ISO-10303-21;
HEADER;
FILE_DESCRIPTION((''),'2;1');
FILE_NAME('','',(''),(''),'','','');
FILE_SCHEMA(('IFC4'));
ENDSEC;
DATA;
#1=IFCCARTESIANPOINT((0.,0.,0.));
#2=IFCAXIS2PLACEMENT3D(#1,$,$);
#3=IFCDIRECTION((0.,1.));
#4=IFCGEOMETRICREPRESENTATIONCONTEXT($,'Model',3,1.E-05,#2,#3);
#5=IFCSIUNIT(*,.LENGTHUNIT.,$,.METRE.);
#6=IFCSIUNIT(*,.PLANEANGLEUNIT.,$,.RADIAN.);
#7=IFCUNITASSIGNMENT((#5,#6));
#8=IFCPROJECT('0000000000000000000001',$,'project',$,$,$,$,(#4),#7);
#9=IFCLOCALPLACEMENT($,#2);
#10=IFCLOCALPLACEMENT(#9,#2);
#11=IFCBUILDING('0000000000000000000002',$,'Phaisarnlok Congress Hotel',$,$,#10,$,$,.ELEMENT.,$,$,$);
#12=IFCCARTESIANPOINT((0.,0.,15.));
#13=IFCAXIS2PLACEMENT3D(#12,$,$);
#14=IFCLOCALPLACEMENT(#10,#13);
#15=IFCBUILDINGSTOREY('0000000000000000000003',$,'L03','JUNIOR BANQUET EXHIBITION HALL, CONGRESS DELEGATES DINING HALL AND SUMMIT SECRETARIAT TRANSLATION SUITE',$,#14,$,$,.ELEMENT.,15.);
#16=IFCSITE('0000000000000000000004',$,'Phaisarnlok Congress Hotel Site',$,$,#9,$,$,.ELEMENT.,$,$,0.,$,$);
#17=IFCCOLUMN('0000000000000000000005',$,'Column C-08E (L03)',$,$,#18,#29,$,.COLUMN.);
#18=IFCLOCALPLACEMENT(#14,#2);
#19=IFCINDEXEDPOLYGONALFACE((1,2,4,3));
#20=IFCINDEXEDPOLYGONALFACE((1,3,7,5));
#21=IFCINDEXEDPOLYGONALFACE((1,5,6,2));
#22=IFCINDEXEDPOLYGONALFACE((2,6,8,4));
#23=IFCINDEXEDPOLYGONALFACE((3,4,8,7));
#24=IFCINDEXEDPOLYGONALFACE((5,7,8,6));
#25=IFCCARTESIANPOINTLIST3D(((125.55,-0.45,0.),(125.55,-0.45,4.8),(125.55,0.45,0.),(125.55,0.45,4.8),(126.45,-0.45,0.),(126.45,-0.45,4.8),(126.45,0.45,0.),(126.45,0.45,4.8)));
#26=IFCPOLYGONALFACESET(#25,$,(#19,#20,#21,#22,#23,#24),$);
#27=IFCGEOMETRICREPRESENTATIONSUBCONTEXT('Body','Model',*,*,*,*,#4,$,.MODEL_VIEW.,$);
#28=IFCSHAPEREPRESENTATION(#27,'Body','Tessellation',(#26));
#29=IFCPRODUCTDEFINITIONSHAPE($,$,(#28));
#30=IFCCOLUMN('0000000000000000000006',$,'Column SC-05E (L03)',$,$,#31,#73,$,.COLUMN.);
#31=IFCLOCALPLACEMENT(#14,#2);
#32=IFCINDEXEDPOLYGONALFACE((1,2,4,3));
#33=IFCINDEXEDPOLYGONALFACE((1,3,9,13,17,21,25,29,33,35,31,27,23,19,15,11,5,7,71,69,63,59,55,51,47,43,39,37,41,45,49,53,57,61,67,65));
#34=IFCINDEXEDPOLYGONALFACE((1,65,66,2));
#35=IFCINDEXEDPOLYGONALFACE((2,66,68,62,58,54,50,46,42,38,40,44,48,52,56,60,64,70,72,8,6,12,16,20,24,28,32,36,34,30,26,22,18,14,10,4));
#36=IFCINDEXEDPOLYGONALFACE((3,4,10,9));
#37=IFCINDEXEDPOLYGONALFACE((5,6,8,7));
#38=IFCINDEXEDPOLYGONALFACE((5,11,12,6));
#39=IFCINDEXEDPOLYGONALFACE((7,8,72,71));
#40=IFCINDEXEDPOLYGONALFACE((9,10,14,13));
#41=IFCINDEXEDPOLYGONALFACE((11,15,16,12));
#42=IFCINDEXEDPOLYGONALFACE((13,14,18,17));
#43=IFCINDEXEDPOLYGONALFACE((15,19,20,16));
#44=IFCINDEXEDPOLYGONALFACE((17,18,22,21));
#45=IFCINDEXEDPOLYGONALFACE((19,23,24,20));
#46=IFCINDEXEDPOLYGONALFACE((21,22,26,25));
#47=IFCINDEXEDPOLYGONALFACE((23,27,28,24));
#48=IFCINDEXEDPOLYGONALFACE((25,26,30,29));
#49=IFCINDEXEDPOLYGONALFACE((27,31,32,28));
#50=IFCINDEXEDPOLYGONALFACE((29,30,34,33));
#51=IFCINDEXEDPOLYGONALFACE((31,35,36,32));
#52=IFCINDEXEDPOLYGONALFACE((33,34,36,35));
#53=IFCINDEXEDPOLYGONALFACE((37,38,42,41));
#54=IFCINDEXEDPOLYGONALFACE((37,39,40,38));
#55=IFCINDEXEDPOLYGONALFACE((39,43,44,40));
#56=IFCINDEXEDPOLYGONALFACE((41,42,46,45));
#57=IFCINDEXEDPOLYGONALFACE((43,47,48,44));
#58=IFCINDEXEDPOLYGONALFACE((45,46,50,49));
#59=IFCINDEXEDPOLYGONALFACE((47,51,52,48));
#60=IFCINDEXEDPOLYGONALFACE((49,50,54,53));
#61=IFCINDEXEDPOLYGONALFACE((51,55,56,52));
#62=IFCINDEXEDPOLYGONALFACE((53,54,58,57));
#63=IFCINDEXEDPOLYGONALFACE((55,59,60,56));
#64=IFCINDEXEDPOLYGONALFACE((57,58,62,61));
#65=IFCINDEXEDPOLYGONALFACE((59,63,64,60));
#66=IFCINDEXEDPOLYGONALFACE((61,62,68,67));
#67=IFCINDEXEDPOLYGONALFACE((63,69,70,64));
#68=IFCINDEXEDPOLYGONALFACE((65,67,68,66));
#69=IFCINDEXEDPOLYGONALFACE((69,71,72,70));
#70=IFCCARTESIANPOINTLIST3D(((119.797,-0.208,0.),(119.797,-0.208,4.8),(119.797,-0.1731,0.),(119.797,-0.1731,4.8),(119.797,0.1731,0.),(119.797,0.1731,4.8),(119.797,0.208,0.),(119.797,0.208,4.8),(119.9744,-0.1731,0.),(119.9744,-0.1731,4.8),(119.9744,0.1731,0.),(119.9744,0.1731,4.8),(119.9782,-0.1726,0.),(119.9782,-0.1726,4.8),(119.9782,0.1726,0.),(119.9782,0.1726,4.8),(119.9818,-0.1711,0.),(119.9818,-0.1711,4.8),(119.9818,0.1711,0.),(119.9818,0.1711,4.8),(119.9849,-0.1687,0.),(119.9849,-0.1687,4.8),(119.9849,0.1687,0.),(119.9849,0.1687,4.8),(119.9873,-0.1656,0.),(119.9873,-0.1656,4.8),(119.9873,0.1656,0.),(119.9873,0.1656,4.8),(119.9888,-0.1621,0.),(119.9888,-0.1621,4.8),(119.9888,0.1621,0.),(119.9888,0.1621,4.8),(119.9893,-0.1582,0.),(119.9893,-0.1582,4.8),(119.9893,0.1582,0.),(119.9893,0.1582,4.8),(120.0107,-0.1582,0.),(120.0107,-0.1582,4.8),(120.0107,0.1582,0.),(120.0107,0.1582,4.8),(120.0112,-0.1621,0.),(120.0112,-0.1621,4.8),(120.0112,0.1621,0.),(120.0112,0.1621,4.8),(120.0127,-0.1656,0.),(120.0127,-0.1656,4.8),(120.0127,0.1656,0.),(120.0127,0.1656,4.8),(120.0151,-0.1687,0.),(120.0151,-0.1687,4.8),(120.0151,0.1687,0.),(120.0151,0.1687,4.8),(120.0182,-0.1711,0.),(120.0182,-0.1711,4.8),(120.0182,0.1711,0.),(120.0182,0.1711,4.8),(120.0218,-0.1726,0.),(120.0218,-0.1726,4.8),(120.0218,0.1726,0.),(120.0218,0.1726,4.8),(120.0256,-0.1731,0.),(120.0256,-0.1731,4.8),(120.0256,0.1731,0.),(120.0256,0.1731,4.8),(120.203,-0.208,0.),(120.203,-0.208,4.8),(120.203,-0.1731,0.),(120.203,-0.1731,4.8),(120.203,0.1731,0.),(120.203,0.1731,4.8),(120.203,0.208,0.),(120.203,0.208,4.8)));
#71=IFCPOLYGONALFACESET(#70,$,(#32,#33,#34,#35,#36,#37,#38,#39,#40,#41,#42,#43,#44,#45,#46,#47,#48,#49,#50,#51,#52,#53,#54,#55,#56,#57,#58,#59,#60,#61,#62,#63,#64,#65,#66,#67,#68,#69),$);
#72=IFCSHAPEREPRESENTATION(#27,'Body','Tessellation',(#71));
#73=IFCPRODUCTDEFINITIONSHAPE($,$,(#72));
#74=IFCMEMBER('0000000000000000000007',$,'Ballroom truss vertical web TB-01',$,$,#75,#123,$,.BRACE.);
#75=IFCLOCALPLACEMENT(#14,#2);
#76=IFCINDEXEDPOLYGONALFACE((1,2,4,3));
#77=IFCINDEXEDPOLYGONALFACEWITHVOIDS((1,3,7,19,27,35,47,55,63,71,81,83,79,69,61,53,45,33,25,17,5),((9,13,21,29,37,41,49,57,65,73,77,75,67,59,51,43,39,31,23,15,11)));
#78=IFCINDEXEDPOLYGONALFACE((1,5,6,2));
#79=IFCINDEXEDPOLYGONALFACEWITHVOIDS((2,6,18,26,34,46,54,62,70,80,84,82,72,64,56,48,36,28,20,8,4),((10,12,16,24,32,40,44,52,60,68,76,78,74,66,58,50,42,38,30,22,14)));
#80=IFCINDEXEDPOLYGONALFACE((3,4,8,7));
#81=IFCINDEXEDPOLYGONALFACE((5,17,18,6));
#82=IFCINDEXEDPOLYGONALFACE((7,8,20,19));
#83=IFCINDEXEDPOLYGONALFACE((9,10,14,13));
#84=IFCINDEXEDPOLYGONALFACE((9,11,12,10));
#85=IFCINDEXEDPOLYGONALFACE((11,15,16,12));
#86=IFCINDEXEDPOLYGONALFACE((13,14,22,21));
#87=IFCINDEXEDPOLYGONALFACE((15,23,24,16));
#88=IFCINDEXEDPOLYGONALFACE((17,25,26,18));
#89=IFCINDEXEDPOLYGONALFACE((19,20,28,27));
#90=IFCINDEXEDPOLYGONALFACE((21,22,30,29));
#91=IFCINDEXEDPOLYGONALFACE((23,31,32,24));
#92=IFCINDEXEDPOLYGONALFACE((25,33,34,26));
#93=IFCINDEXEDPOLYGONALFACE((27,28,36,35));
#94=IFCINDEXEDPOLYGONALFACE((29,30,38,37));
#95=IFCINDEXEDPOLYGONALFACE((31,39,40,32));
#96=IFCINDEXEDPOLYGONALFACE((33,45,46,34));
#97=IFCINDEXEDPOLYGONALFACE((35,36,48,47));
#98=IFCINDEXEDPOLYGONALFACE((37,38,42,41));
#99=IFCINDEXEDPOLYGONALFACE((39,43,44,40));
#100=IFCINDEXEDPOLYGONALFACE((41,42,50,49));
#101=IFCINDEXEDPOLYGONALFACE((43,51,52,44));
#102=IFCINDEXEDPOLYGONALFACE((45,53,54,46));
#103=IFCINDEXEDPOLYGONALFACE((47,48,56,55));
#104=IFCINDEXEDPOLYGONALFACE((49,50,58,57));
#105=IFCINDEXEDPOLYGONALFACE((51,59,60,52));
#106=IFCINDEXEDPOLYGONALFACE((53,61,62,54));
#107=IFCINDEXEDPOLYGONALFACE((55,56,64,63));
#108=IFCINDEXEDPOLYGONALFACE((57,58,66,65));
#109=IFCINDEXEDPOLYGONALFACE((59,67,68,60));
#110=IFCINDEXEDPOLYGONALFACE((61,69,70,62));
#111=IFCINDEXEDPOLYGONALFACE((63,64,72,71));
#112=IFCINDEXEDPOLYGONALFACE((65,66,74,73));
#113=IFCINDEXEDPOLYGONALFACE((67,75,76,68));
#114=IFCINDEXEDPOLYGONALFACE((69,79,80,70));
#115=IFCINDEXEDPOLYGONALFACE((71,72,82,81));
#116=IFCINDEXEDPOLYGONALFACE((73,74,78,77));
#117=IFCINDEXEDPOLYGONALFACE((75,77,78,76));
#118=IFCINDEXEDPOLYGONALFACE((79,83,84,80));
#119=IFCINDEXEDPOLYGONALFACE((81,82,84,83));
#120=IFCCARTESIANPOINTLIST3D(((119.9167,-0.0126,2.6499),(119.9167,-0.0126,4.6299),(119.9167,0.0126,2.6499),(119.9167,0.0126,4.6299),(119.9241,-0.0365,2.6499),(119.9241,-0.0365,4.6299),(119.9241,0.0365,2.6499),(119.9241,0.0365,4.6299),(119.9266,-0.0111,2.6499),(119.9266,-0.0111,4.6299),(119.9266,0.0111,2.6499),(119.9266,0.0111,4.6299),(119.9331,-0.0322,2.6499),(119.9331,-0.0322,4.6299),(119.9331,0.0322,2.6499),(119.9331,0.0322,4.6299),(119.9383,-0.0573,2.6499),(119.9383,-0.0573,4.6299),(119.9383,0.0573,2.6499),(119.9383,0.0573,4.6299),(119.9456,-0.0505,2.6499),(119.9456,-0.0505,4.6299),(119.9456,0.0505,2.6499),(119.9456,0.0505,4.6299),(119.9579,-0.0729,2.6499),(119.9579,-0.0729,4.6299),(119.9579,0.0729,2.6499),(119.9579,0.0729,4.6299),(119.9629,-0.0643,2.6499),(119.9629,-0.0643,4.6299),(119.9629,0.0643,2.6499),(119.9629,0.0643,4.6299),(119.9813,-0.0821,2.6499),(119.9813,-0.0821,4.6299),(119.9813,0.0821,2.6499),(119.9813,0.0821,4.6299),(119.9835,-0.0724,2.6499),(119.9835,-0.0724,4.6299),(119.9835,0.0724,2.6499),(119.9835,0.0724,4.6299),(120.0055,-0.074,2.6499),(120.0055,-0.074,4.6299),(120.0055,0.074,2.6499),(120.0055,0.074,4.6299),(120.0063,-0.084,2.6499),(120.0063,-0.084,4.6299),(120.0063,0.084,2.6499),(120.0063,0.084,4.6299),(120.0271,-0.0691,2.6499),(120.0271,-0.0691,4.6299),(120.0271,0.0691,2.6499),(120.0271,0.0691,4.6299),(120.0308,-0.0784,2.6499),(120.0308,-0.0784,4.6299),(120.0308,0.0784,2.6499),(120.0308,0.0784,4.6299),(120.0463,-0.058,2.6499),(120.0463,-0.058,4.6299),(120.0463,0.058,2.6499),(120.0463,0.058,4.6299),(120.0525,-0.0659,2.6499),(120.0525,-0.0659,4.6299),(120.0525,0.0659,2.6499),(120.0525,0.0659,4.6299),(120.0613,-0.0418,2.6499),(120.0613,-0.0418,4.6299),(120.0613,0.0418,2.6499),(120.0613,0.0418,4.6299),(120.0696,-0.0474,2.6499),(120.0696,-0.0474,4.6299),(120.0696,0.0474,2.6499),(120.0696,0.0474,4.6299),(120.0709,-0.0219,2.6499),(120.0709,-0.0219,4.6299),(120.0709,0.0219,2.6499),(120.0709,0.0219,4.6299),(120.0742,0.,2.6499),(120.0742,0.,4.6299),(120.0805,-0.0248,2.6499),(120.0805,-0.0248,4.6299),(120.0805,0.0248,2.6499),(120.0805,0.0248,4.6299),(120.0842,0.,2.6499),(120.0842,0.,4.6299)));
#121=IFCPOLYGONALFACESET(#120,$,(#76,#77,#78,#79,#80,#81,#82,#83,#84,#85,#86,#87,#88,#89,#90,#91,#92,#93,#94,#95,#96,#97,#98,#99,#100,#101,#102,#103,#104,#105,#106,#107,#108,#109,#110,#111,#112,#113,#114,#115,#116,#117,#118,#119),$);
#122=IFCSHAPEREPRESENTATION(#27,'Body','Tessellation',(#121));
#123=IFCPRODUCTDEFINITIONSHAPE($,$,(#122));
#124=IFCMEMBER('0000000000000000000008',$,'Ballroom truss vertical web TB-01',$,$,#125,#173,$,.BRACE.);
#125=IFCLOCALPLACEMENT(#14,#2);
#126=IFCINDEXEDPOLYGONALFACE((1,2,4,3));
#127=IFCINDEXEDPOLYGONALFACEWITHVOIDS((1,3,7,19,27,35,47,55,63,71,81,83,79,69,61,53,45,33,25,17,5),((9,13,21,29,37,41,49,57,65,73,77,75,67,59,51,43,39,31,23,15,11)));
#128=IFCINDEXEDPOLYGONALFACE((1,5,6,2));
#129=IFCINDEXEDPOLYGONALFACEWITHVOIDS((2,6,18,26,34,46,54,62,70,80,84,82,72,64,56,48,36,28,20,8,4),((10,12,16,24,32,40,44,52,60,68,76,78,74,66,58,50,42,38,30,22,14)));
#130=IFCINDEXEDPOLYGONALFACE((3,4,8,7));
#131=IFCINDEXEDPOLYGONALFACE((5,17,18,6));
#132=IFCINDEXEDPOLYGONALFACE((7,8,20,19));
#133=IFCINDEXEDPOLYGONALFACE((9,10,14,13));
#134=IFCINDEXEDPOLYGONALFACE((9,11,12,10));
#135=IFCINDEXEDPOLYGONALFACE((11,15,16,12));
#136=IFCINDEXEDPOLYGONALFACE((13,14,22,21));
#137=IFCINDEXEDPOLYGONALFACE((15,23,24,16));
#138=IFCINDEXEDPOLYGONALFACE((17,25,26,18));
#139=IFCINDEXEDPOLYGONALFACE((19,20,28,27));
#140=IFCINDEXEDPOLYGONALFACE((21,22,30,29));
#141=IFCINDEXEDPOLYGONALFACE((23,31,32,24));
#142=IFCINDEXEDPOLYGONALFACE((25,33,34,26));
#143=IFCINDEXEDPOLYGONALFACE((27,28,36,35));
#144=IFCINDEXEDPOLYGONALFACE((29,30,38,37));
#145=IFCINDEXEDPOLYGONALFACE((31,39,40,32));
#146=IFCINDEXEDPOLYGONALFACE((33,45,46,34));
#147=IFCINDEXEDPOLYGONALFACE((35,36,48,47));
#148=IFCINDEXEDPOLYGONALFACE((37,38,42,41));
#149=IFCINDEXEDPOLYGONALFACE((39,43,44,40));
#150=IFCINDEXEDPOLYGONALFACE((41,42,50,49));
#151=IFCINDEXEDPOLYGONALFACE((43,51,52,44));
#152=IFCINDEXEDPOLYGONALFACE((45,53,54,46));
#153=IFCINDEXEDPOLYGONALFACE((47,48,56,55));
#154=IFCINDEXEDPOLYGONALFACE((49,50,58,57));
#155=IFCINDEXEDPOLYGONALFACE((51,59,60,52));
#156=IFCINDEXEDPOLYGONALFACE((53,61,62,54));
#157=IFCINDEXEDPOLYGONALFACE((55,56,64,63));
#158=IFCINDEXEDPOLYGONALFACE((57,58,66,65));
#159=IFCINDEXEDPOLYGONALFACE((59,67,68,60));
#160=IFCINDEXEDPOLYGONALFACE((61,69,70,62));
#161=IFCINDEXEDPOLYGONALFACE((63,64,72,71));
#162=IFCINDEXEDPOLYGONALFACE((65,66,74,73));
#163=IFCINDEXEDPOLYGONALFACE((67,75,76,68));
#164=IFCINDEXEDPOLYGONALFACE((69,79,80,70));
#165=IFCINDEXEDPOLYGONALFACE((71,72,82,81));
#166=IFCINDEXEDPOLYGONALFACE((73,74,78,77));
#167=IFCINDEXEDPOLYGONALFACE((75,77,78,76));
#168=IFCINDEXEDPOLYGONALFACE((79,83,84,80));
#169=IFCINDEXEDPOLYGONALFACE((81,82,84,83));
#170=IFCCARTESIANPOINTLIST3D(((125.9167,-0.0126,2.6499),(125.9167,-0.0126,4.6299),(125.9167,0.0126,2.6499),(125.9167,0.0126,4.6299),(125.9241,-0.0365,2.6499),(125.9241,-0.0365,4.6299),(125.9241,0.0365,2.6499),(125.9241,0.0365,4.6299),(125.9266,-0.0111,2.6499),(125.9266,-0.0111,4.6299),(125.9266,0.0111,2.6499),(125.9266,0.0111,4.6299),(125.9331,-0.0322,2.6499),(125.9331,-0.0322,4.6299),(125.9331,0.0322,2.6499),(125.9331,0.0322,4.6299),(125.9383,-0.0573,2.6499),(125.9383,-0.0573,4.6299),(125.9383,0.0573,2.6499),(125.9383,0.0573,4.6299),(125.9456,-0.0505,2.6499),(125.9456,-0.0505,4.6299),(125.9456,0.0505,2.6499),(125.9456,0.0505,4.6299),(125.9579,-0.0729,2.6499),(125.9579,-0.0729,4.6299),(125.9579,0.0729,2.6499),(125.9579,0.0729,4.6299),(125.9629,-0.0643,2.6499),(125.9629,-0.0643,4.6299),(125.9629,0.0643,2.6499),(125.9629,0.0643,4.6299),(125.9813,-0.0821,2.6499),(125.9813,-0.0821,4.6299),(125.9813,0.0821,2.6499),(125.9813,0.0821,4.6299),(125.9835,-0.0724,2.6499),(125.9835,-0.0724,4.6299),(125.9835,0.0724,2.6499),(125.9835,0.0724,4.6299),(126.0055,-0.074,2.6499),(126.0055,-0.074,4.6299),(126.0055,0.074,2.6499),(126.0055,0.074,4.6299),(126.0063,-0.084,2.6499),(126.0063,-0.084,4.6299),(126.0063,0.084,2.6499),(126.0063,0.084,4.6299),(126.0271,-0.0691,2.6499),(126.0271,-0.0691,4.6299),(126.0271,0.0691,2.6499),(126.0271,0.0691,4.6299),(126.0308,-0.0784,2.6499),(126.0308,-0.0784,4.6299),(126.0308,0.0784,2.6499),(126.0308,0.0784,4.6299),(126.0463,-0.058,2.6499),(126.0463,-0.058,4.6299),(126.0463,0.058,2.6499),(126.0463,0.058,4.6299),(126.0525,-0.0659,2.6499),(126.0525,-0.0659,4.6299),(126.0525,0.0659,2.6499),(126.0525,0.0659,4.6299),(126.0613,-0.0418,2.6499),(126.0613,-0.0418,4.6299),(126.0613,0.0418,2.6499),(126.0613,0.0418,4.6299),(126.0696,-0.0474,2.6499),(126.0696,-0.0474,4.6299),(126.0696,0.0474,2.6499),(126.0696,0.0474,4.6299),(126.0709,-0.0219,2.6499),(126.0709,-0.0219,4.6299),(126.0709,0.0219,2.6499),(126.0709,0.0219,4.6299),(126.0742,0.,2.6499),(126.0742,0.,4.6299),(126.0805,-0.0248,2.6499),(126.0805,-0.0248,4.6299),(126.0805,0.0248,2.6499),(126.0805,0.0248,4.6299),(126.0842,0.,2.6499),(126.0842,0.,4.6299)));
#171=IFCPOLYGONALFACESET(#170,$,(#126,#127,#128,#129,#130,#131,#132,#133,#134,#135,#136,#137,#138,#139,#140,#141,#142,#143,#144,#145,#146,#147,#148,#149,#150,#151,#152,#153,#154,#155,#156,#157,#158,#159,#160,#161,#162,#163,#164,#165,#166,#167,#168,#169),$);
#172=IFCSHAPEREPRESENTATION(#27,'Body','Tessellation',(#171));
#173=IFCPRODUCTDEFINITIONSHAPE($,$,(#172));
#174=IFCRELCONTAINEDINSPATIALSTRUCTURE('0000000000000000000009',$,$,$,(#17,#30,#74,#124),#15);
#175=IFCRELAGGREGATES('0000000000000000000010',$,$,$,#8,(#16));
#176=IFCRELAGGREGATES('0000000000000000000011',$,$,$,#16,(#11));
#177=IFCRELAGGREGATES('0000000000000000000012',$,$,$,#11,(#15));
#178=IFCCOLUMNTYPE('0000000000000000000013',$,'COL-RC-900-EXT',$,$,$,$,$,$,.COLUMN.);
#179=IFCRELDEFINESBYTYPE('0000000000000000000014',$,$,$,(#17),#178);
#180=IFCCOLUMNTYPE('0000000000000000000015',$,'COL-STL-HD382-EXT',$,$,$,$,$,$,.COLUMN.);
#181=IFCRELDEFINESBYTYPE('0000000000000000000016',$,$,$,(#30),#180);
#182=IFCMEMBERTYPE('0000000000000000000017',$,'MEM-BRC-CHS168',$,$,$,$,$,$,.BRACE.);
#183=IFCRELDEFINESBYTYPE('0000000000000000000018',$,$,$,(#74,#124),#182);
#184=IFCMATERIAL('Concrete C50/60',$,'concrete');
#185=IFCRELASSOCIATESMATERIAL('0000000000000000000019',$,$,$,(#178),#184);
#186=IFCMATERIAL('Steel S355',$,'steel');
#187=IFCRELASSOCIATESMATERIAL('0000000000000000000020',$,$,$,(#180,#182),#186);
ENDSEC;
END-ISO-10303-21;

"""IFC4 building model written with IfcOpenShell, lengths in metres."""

from ifc_helpers import new_model, si_unit, direction, frame, origin, origin_2d, place, context, subcontext, project, spatial, rectangle, hollow_circle, i_section, extrude, material, material_profile, profile_set, type_object, element, save


model = new_model("IFC4")

# Units and contexts
model_context = context("Model", 3, precision=1e-05, world=origin(), true_north=direction((0.0, 1.0)))
body_context = subcontext(model_context, "Body", "Model", "MODEL_VIEW")
ifc_project = project(units=[si_unit("LENGTHUNIT", "METRE"), si_unit("PLANEANGLEUNIT", "RADIAN")], contexts=[model_context])

# Site, building, storey
site_placement = place(None, origin())
site = spatial("IfcSite", under=ifc_project, at=site_placement, Name="Phaisarnlok Congress Hotel Site", CompositionType="ELEMENT", RefElevation=0.0)
building_placement = place(site_placement, origin())
building = spatial("IfcBuilding", under=site, at=building_placement, Name="Phaisarnlok Congress Hotel", CompositionType="ELEMENT")
storey_placement = place(building_placement, frame((0.0, 0.0, 15.0)))
storey = spatial("IfcBuildingStorey", under=building, at=storey_placement, Name="L03", Description="JUNIOR BANQUET EXHIBITION HALL, CONGRESS DELEGATES DINING HALL AND SUMMIT SECRETARIAT TRANSLATION SUITE", CompositionType="ELEMENT", Elevation=15.0)

# Columns
ifc_material_1 = material(Name="Concrete C50/60", Category="concrete")
ifc_material_profile_1 = material_profile(ifc_material_1, rectangle(XDim=0.8999, YDim=0.8999, at=origin_2d()), Name="RC 900x900")
ifc_profile_set_1 = profile_set([ifc_material_profile_1], Name="Concrete C50/60")
column_type_1 = type_object("IfcColumnType", Name="COL-RC-900-EXT", PredefinedType="COLUMN", material=ifc_profile_set_1)
column_1_placement = place(storey_placement, frame((126.0, 0.0, 0.0), z_axis=(0.0, 0.0, 1.0), x_axis=(1.0, 0.0, 0.0)))
element("IfcColumn", 1, at=column_1_placement, inside=storey, type_object=column_type_1, Name="Column C-08E (L03)", PredefinedType="COLUMN", context=body_context, shape_type="SweptSolid", body=[
    extrude(rectangle(XDim=0.8999, YDim=0.8999, at=origin_2d()), origin(), (0.0, 0.0, 1.0), 4.8),
])
ifc_material_2 = material(Name="Steel S355", Category="steel")
ifc_material_profile_2 = material_profile(ifc_material_2, i_section(OverallWidth=0.406, OverallDepth=0.416, WebThickness=0.0215, FlangeThickness=0.0349, FilletRadius=0.0149, at=origin_2d()), Name="HD 400x382")
ifc_profile_set_2 = profile_set([ifc_material_profile_2], Name="Steel S355")
column_type_2 = type_object("IfcColumnType", Name="COL-STL-HD382-EXT", PredefinedType="COLUMN", material=ifc_profile_set_2)
column_2_placement = place(storey_placement, frame((120.0, 0.0, 0.0), z_axis=(0.0, 0.0, 1.0), x_axis=(1.0, 0.0, 0.0)))
element("IfcColumn", 2, at=column_2_placement, inside=storey, type_object=column_type_2, Name="Column SC-05E (L03)", PredefinedType="COLUMN", context=body_context, shape_type="SweptSolid", body=[
    extrude(i_section(OverallWidth=0.406, OverallDepth=0.416, WebThickness=0.0215, FlangeThickness=0.0349, FilletRadius=0.0149, at=origin_2d()), origin(), (0.0, 0.0, 1.0), 4.8),
])

# Members
ifc_material_profile_3 = material_profile(ifc_material_2, hollow_circle(Radius=0.0842, WallThickness=0.01, at=origin_2d()), Name="CHS 168.3x10")
ifc_profile_set_3 = profile_set([ifc_material_profile_3], Name="Steel S355")
member_type_1 = type_object("IfcMemberType", Name="MEM-BRC-CHS168", PredefinedType="BRACE", material=ifc_profile_set_3)
for number, where, z_axis, x_axis, name in (
    (3, (120.0, 0.0, 2.6499), (0.0, 0.0, 1.0), (1.0, 0.0, 0.0), "Ballroom truss vertical web TB-01"),
    (4, (126.0, 0.0, 2.6499), (0.0, 0.0, 1.0), (1.0, 0.0, 0.0), "Ballroom truss vertical web TB-01"),
):
    element("IfcMember", number, at=place(storey_placement, frame(where, z_axis=z_axis, x_axis=x_axis)), inside=storey, type_object=member_type_1, Name=name, PredefinedType="BRACE", context=body_context, shape_type="SweptSolid", body=[
        extrude(hollow_circle(Radius=0.0842, WallThickness=0.01, at=origin_2d()), origin(), (0.0, 0.0, 1.0), 1.98),
    ])

save(model, "model.ifc")
